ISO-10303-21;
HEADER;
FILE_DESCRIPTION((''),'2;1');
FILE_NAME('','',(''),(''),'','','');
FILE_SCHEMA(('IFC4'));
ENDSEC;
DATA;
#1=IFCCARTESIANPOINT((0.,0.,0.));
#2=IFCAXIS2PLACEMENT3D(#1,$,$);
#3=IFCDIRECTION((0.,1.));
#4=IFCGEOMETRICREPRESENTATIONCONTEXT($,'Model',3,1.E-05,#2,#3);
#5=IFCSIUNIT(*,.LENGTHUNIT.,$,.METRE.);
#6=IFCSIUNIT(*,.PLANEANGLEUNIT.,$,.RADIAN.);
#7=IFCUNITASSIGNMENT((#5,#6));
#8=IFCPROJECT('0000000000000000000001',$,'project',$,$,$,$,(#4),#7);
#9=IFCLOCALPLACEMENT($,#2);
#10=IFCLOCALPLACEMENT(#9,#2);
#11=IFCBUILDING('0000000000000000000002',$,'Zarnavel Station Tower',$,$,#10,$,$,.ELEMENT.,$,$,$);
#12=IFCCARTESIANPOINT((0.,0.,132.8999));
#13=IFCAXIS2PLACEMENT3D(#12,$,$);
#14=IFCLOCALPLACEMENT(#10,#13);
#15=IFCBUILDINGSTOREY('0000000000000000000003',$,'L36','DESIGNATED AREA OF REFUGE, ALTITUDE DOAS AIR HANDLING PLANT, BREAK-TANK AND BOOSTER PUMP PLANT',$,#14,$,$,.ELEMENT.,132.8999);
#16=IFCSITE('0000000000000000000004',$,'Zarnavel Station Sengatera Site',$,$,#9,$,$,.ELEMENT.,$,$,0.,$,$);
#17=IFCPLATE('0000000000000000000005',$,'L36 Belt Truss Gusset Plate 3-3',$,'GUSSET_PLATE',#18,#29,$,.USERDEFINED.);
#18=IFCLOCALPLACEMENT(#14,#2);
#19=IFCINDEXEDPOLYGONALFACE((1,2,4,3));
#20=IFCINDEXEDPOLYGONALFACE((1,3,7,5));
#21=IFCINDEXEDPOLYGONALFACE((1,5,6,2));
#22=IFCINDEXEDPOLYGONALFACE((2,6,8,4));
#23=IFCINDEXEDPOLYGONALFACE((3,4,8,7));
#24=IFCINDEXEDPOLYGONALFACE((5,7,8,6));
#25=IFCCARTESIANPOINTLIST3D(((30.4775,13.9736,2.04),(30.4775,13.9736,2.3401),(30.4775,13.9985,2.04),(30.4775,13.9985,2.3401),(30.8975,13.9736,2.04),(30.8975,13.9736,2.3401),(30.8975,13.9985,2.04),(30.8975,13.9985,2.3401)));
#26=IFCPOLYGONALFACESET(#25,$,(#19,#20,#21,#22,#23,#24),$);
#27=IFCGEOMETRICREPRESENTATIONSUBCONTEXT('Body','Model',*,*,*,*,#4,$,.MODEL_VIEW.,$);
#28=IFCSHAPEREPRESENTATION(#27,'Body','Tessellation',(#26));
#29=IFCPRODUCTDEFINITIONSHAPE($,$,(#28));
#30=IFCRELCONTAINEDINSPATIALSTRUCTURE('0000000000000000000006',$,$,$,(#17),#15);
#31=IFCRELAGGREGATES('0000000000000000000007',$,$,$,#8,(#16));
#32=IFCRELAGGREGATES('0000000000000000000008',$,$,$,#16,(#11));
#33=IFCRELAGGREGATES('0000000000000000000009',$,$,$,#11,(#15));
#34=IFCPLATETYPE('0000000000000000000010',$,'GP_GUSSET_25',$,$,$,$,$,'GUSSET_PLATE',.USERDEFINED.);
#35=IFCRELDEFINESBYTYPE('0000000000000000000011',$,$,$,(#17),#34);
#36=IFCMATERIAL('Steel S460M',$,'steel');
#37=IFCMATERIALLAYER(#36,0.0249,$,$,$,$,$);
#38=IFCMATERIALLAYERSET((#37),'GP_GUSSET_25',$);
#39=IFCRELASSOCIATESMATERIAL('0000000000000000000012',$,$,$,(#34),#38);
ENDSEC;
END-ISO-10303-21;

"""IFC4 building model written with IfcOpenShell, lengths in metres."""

from ifc_helpers import new_model, si_unit, direction, frame, origin, origin_2d, place, context, subcontext, project, spatial, rectangle, extrude, material, layer, layer_set, type_object, element, save


model = new_model("IFC4")

# Units and contexts
model_context = context("Model", 3, precision=1e-05, world=origin(), true_north=direction((0.0, 1.0)))
body_context = subcontext(model_context, "Body", "Model", "MODEL_VIEW")
ifc_project = project(units=[si_unit("LENGTHUNIT", "METRE"), si_unit("PLANEANGLEUNIT", "RADIAN")], contexts=[model_context])

# Site, building, storey
site_placement = place(None, origin())
site = spatial("IfcSite", under=ifc_project, at=site_placement, Name="Zarnavel Station Sengatera Site", CompositionType="ELEMENT", RefElevation=0.0)
building_placement = place(site_placement, origin())
building = spatial("IfcBuilding", under=site, at=building_placement, Name="Zarnavel Station Tower", CompositionType="ELEMENT")
storey_placement = place(building_placement, frame((0.0, 0.0, 132.8999)))
storey = spatial("IfcBuildingStorey", under=building, at=storey_placement, Name="L36", Description="DESIGNATED AREA OF REFUGE, ALTITUDE DOAS AIR HANDLING PLANT, BREAK-TANK AND BOOSTER PUMP PLANT", CompositionType="ELEMENT", Elevation=132.8999)

# Plate
ifc_material_1 = material(Name="Steel S460M", Category="steel")
ifc_layer_1 = layer(ifc_material_1, 0.0249)
ifc_layer_set_1 = layer_set([ifc_layer_1], Name="GP_GUSSET_25")
plate_type_1 = type_object("IfcPlateType", Name="GP_GUSSET_25", ElementType="GUSSET_PLATE", PredefinedType="USERDEFINED", material=ifc_layer_set_1)
plate_1_placement = place(storey_placement, frame((30.6875, 13.9861, 2.04), z_axis=(0.0, 0.0, 1.0), x_axis=(1.0, 0.0, 0.0)))
element("IfcPlate", 1, at=plate_1_placement, inside=storey, type_object=plate_type_1, Name="L36 Belt Truss Gusset Plate 3-3", ObjectType="GUSSET_PLATE", PredefinedType="USERDEFINED", context=body_context, shape_type="SweptSolid", body=[
    extrude(rectangle(XDim=0.4199, YDim=0.0249, at=origin_2d()), origin(), (0.0, 0.0, 1.0), 0.3),
])

save(model, "model.ifc")
